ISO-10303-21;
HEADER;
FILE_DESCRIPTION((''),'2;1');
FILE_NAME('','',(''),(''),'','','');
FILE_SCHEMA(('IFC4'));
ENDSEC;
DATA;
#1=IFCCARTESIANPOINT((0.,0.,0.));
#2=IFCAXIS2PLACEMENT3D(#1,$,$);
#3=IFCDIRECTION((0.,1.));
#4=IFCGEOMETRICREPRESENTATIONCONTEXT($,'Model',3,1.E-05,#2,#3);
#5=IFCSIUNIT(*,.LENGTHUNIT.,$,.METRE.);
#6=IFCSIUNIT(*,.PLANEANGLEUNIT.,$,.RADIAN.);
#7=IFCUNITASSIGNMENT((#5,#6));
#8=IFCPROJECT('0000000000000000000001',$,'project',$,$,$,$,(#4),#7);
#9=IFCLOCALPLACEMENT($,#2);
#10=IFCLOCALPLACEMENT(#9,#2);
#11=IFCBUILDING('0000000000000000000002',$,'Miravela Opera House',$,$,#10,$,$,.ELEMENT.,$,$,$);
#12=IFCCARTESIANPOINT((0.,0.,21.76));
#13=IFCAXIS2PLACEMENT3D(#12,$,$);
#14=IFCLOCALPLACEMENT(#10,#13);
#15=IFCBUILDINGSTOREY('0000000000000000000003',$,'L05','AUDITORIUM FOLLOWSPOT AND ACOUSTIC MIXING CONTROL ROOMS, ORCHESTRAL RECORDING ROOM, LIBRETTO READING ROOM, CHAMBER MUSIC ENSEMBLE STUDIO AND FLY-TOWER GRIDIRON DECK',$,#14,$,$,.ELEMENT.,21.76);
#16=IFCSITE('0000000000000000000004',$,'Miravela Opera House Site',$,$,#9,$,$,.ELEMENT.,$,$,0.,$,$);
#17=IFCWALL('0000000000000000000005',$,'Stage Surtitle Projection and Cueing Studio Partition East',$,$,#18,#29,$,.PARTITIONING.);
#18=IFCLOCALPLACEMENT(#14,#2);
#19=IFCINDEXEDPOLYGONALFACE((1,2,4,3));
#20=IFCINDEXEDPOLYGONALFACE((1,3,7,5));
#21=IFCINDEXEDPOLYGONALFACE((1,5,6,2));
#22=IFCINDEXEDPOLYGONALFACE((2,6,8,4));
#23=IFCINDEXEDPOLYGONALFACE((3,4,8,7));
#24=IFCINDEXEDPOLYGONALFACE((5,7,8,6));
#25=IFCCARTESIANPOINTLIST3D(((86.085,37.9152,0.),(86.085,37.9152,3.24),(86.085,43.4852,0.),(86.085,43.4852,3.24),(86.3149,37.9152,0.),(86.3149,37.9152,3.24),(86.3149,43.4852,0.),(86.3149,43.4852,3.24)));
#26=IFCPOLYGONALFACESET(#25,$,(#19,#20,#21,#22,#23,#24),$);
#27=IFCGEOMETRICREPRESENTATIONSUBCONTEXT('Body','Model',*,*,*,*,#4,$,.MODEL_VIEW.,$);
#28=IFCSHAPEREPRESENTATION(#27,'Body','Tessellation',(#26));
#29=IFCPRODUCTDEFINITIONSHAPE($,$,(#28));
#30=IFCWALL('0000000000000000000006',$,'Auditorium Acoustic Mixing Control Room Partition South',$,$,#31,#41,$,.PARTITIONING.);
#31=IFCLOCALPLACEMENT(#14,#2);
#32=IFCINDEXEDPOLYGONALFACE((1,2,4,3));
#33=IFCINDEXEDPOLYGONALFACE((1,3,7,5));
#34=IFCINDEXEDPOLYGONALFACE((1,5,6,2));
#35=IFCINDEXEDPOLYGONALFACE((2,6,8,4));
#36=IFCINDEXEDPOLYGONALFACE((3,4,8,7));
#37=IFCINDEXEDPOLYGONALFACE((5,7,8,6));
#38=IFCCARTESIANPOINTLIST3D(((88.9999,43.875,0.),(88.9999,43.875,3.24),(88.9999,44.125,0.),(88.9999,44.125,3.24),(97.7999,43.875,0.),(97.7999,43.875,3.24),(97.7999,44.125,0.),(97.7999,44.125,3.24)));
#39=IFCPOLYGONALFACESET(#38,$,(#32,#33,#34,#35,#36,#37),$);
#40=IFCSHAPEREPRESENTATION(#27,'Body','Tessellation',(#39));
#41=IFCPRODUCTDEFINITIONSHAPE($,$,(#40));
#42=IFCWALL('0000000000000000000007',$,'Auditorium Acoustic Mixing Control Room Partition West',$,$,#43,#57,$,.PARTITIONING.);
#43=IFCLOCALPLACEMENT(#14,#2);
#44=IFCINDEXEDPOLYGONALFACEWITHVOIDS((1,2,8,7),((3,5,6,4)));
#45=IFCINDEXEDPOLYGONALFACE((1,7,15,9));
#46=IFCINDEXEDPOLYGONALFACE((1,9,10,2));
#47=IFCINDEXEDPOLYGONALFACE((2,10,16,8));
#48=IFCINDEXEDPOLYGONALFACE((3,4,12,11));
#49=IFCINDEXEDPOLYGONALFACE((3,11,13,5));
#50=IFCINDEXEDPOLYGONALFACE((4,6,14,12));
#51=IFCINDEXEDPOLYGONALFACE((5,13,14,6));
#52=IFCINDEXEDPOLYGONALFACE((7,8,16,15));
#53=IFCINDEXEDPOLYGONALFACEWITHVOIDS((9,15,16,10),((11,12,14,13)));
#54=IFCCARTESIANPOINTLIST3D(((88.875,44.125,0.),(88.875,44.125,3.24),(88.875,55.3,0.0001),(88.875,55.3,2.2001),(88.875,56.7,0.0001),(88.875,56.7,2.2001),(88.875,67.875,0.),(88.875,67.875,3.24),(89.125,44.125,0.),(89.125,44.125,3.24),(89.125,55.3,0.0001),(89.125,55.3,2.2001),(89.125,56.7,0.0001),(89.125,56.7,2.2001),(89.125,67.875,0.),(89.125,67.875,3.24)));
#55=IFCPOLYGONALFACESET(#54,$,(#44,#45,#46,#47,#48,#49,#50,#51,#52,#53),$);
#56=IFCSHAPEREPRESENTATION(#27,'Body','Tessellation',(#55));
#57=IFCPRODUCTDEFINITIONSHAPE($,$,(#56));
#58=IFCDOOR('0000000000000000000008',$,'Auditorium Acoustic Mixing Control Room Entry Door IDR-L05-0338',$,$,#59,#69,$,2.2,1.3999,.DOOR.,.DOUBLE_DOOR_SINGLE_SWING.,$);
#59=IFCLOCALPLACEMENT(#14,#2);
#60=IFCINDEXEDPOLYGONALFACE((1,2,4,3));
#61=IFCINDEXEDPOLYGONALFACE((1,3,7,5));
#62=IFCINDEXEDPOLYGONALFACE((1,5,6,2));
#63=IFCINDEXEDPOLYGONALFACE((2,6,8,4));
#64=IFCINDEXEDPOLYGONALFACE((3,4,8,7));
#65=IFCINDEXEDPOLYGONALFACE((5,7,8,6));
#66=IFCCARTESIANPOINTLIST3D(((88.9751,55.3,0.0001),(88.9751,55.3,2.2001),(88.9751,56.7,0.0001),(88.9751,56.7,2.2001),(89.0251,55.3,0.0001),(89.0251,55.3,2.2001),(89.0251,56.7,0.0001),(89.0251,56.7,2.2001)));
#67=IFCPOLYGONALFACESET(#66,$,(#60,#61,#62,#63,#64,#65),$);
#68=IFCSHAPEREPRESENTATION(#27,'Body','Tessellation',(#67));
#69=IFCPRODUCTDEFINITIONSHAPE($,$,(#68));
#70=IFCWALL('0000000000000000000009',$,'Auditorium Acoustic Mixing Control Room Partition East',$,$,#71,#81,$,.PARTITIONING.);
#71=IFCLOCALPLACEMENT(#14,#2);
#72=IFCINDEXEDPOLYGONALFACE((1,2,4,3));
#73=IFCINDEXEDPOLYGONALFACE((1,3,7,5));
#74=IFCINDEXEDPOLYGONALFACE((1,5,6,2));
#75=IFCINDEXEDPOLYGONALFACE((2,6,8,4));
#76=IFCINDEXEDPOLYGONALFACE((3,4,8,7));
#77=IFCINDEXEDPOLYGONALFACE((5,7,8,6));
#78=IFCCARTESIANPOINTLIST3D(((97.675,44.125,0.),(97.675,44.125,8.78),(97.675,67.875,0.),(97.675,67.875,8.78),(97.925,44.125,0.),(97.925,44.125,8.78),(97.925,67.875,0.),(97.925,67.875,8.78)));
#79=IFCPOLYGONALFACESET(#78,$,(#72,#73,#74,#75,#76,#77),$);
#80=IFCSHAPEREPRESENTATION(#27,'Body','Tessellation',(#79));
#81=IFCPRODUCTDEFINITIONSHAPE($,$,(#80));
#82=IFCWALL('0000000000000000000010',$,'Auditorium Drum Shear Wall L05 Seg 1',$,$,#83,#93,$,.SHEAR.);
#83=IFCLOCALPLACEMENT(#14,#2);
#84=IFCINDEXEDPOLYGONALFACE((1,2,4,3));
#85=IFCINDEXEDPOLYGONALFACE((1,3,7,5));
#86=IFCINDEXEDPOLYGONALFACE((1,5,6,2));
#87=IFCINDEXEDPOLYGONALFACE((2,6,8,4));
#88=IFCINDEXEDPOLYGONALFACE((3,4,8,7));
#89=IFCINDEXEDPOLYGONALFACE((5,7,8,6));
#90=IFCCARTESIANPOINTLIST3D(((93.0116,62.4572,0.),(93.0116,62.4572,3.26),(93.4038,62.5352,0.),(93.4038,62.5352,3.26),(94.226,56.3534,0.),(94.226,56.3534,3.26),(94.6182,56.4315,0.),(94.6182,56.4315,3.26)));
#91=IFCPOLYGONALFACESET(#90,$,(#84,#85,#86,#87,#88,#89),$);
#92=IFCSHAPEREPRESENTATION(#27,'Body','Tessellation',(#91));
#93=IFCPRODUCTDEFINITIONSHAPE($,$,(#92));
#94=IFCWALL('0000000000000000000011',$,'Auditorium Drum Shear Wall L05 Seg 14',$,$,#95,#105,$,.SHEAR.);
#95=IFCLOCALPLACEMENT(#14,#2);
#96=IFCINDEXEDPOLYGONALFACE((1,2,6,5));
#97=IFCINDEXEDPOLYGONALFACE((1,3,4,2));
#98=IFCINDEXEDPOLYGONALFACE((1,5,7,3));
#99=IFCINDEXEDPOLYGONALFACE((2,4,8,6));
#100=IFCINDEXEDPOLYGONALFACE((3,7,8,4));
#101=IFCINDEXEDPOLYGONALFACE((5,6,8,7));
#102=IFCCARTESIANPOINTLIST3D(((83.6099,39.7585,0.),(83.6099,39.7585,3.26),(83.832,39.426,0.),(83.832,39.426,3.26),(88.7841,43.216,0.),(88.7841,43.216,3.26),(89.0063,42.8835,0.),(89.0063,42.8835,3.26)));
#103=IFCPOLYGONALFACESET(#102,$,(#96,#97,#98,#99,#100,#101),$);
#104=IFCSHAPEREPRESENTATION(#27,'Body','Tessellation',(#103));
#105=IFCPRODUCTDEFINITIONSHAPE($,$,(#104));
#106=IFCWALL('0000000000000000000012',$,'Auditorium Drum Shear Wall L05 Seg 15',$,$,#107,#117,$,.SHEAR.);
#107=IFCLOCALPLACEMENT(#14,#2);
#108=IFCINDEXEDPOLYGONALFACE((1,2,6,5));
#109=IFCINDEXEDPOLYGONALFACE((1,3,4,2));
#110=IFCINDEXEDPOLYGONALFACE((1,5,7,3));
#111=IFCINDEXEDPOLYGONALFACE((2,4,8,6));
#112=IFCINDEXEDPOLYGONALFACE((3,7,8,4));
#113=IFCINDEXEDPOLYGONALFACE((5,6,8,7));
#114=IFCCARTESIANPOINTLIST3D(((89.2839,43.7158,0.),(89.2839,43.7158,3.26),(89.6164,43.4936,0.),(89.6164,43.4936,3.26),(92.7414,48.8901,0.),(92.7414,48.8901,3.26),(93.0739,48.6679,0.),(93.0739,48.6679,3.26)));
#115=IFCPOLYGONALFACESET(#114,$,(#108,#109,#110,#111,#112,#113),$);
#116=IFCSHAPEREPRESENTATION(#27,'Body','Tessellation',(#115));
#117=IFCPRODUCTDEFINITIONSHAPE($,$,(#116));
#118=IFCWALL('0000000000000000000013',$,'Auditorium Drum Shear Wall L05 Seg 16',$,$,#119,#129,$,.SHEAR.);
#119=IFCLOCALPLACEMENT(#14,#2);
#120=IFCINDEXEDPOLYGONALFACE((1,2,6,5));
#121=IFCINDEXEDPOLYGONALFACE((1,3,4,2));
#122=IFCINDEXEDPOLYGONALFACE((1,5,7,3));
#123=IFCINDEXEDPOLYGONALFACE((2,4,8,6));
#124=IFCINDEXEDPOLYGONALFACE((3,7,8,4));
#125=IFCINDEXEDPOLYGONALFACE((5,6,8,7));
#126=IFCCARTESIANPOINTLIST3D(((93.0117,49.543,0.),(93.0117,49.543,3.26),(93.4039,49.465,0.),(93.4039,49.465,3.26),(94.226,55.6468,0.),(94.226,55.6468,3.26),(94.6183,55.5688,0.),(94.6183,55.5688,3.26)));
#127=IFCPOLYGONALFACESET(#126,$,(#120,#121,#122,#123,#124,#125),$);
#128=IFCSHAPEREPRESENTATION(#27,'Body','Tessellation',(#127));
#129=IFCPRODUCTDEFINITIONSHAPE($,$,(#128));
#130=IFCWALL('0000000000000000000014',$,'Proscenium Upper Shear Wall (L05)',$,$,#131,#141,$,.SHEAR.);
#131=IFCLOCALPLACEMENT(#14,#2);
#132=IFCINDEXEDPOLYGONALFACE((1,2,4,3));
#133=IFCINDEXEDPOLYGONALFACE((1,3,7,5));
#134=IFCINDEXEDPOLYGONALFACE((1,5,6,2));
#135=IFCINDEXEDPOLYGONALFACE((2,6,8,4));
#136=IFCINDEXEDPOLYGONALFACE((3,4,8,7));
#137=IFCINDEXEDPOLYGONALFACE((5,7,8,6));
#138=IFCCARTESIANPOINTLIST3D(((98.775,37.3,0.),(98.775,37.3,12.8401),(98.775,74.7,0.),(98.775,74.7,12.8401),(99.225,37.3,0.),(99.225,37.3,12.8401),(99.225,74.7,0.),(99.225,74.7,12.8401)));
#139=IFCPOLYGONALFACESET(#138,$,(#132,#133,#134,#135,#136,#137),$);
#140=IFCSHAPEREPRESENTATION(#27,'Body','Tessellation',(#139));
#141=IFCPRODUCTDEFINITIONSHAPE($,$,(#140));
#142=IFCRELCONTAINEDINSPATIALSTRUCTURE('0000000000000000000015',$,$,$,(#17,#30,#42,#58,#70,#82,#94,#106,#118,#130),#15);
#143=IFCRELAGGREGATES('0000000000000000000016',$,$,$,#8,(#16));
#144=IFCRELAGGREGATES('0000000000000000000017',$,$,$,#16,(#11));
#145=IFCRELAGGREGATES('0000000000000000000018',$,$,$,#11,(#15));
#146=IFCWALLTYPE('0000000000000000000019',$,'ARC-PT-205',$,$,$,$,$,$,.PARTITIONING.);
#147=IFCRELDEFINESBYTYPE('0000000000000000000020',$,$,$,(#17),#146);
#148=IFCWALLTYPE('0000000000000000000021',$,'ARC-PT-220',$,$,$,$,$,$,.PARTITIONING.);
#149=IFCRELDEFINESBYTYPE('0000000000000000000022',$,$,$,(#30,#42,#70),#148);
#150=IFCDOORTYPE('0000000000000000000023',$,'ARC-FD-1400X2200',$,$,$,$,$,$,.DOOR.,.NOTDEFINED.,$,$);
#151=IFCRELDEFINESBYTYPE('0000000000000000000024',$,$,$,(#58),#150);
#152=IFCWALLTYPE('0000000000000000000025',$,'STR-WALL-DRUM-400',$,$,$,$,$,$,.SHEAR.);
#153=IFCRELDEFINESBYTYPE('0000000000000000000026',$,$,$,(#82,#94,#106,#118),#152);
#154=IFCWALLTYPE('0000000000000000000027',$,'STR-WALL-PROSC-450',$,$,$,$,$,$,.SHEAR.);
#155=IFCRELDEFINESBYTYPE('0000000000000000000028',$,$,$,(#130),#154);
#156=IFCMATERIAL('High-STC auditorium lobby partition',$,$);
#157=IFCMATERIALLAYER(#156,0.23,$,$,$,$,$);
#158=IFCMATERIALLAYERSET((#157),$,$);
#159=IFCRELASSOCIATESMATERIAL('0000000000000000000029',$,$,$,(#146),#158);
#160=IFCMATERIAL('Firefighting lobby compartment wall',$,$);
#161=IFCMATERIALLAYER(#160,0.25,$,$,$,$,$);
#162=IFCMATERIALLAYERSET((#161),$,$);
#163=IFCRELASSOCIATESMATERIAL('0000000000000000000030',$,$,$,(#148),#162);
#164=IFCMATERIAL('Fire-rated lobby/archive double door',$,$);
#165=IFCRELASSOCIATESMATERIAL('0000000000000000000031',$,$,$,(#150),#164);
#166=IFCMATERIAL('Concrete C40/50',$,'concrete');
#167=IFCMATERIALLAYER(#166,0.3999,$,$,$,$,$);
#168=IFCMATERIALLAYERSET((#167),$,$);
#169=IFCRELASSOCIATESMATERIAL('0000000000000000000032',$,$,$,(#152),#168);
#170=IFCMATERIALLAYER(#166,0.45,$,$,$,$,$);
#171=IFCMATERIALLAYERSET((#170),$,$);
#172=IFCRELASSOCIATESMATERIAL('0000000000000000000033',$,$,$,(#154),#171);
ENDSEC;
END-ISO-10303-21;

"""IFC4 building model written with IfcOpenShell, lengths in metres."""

from ifc_helpers import new_model, si_unit, direction, frame, frame_2d, origin, place, context, subcontext, project, spatial, rectangle, extrude, material, layer, layer_set, type_object, element, fill, save


model = new_model("IFC4")

# Units and contexts
model_context = context("Model", 3, precision=1e-05, world=origin(), true_north=direction((0.0, 1.0)))
body_context = subcontext(model_context, "Body", "Model", "MODEL_VIEW")
ifc_project = project(units=[si_unit("LENGTHUNIT", "METRE"), si_unit("PLANEANGLEUNIT", "RADIAN")], contexts=[model_context])

# Site, building, storey
site_placement = place(None, origin())
site = spatial("IfcSite", under=ifc_project, at=site_placement, Name="Miravela Opera House Site", CompositionType="ELEMENT", RefElevation=0.0)
building_placement = place(site_placement, origin())
building = spatial("IfcBuilding", under=site, at=building_placement, Name="Miravela Opera House", CompositionType="ELEMENT")
storey_placement = place(building_placement, frame((0.0, 0.0, 21.76)))
storey = spatial("IfcBuildingStorey", under=building, at=storey_placement, Name="L05", Description="AUDITORIUM FOLLOWSPOT AND ACOUSTIC MIXING CONTROL ROOMS, ORCHESTRAL RECORDING ROOM, LIBRETTO READING ROOM, CHAMBER MUSIC ENSEMBLE STUDIO AND FLY-TOWER GRIDIRON DECK", CompositionType="ELEMENT", Elevation=21.76)

# Shared definitions
ifc_material_1 = material(Name="Concrete C40/50", Category="concrete")

# Walls
ifc_material_2 = material(Name="High-STC auditorium lobby partition")
ifc_layer_1 = layer(ifc_material_2, 0.23)
ifc_layer_set_1 = layer_set([ifc_layer_1])
wall_type_1 = type_object("IfcWallType", Name="ARC-PT-205", PredefinedType="PARTITIONING", material=ifc_layer_set_1)
wall_1_placement = place(storey_placement, frame((86.2, 37.915, 0.0), z_axis=(0.0, 0.0, 1.0), x_axis=(0.0, 1.0, 0.0)))
element("IfcWall", 1, at=wall_1_placement, inside=storey, type_object=wall_type_1, Name="Stage Surtitle Projection and Cueing Studio Partition East", PredefinedType="PARTITIONING", context=body_context, shape_type="SweptSolid", body=[
    extrude(rectangle(XDim=5.5701, YDim=0.23, at=frame_2d((2.7852, 0.0))), origin(), (0.0, 0.0, 1.0), 3.24),
])
ifc_material_3 = material(Name="Firefighting lobby compartment wall")
ifc_layer_2 = layer(ifc_material_3, 0.25)
ifc_layer_set_2 = layer_set([ifc_layer_2])
wall_type_2 = type_object("IfcWallType", Name="ARC-PT-220", PredefinedType="PARTITIONING", material=ifc_layer_set_2)
wall_2_placement = place(storey_placement, frame((89.0, 44.0, 0.0), z_axis=(0.0, 0.0, 1.0), x_axis=(1.0, 0.0, 0.0)))
element("IfcWall", 2, at=wall_2_placement, inside=storey, type_object=wall_type_2, Name="Auditorium Acoustic Mixing Control Room Partition South", PredefinedType="PARTITIONING", context=body_context, shape_type="SweptSolid", body=[
    extrude(rectangle(XDim=8.8, YDim=0.25, at=frame_2d((4.3999, 0.0))), origin(), (0.0, 0.0, 1.0), 3.24),
])

# Wall, opening, door
wall_3_placement = place(storey_placement, frame((89.0, 44.125, 0.0), z_axis=(0.0, 0.0, 1.0), x_axis=(0.0, 1.0, 0.0)))
wall_3 = element("IfcWall", 3, at=wall_3_placement, inside=storey, type_object=wall_type_2, Name="Auditorium Acoustic Mixing Control Room Partition West", PredefinedType="PARTITIONING", context=body_context, shape_type="SweptSolid", body=[
    extrude(rectangle(XDim=23.75, YDim=0.25, at=frame_2d((11.875, 0.0))), origin(), (0.0, 0.0, 1.0), 3.24),
])
opening_placement = place(wall_3_placement, frame((11.175, 0.0, 0.0)))
opening = element("IfcOpeningElement", 4, at=opening_placement, cuts=wall_3, PredefinedType="OPENING", context=body_context, shape_type="SweptSolid", body=[
    extrude(rectangle(XDim=1.3999, YDim=2.2, at=frame_2d((0.7, 1.1001))), frame((0.0, 0.135, 0.0), z_axis=(0.0, -1.0, 0.0), x_axis=(1.0, 0.0, 0.0)), (0.0, 0.0, 1.0), 0.27),
])
ifc_material_4 = material(Name="Fire-rated lobby/archive double door")
door_type = type_object("IfcDoorType", Name="ARC-FD-1400X2200", OperationType="NOTDEFINED", PredefinedType="DOOR", material=ifc_material_4)
door_placement = place(opening_placement, origin())
door = element("IfcDoor", 5, at=door_placement, inside=storey, type_object=door_type, Name="Auditorium Acoustic Mixing Control Room Entry Door IDR-L05-0338", OperationType="DOUBLE_DOOR_SINGLE_SWING", OverallHeight=2.2, OverallWidth=1.3999, PredefinedType="DOOR", context=body_context, shape_type="SweptSolid", body=[
    extrude(rectangle(XDim=1.3999, YDim=2.2, at=frame_2d((0.7, 1.1001))), frame((0.0, 0.0249, 0.0), z_axis=(0.0, -1.0, 0.0), x_axis=(1.0, 0.0, 0.0)), (0.0, 0.0, 1.0), 0.05),
])
fill(opening, door)

# Walls
wall_4_placement = place(storey_placement, frame((97.8, 44.125, 0.0), z_axis=(0.0, 0.0, 1.0), x_axis=(0.0, 1.0, 0.0)))
element("IfcWall", 6, at=wall_4_placement, inside=storey, type_object=wall_type_2, Name="Auditorium Acoustic Mixing Control Room Partition East", PredefinedType="PARTITIONING", context=body_context, shape_type="SweptSolid", body=[
    extrude(rectangle(XDim=23.75, YDim=0.25, at=frame_2d((11.875, 0.0))), origin(), (0.0, 0.0, 1.0), 8.78),
])
ifc_layer_3 = layer(ifc_material_1, 0.3999)
ifc_layer_set_3 = layer_set([ifc_layer_3])
wall_type_3 = type_object("IfcWallType", Name="STR-WALL-DRUM-400", PredefinedType="SHEAR", material=ifc_layer_set_3)
wall_5_placement = place(storey_placement, frame((94.4221, 56.3923, 0.0), z_axis=(0.0, 0.0, 1.0), x_axis=(-0.195128, 0.980778, 0.0)))
element("IfcWall", 7, at=wall_5_placement, inside=storey, type_object=wall_type_3, Name="Auditorium Drum Shear Wall L05 Seg 1", PredefinedType="SHEAR", context=body_context, shape_type="SweptSolid", body=[
    extrude(rectangle(XDim=6.2234, YDim=0.3999, at=frame_2d((3.1118, 0.0))), origin(), (0.0, 0.0, 1.0), 3.26),
])
for number, where, z_axis, x_axis, name in (
    (8, (83.7209, 39.5923, 0.0), (0.0, 0.0, 1.0), (0.831458, 0.555587, 0.0), "Auditorium Drum Shear Wall L05 Seg 14"),
    (9, (89.4502, 43.6047, 0.0), (0.0, 0.0, 1.0), (0.555587, 0.831458, 0.0), "Auditorium Drum Shear Wall L05 Seg 15"),
):
    element("IfcWall", number, at=place(storey_placement, frame(where, z_axis=z_axis, x_axis=x_axis)), inside=storey, type_object=wall_type_3, Name=name, PredefinedType="SHEAR", context=body_context, shape_type="SweptSolid", body=[
        extrude(rectangle(XDim=6.2231, YDim=0.3999, at=frame_2d((3.1116, 0.0))), origin(), (0.0, 0.0, 1.0), 3.26),
    ])
wall_6_placement = place(storey_placement, frame((93.2078, 49.5039, 0.0), z_axis=(0.0, 0.0, 1.0), x_axis=(0.195128, 0.980778, 0.0)))
element("IfcWall", 10, at=wall_6_placement, inside=storey, type_object=wall_type_3, Name="Auditorium Drum Shear Wall L05 Seg 16", PredefinedType="SHEAR", context=body_context, shape_type="SweptSolid", body=[
    extrude(rectangle(XDim=6.2234, YDim=0.3999, at=frame_2d((3.1118, 0.0))), origin(), (0.0, 0.0, 1.0), 3.26),
])
ifc_layer_4 = layer(ifc_material_1, 0.45)
ifc_layer_set_4 = layer_set([ifc_layer_4])
wall_type_4 = type_object("IfcWallType", Name="STR-WALL-PROSC-450", PredefinedType="SHEAR", material=ifc_layer_set_4)
wall_7_placement = place(storey_placement, frame((99.0, 37.3, 0.0), z_axis=(0.0, 0.0, 1.0), x_axis=(0.0, 1.0, 0.0)))
element("IfcWall", 11, at=wall_7_placement, inside=storey, type_object=wall_type_4, Name="Proscenium Upper Shear Wall (L05)", PredefinedType="SHEAR", context=body_context, shape_type="SweptSolid", body=[
    extrude(rectangle(XDim=37.3999, YDim=0.45, at=frame_2d((18.7, 0.0))), origin(), (0.0, 0.0, 1.0), 12.8401),
])

save(model, "model.ifc")
